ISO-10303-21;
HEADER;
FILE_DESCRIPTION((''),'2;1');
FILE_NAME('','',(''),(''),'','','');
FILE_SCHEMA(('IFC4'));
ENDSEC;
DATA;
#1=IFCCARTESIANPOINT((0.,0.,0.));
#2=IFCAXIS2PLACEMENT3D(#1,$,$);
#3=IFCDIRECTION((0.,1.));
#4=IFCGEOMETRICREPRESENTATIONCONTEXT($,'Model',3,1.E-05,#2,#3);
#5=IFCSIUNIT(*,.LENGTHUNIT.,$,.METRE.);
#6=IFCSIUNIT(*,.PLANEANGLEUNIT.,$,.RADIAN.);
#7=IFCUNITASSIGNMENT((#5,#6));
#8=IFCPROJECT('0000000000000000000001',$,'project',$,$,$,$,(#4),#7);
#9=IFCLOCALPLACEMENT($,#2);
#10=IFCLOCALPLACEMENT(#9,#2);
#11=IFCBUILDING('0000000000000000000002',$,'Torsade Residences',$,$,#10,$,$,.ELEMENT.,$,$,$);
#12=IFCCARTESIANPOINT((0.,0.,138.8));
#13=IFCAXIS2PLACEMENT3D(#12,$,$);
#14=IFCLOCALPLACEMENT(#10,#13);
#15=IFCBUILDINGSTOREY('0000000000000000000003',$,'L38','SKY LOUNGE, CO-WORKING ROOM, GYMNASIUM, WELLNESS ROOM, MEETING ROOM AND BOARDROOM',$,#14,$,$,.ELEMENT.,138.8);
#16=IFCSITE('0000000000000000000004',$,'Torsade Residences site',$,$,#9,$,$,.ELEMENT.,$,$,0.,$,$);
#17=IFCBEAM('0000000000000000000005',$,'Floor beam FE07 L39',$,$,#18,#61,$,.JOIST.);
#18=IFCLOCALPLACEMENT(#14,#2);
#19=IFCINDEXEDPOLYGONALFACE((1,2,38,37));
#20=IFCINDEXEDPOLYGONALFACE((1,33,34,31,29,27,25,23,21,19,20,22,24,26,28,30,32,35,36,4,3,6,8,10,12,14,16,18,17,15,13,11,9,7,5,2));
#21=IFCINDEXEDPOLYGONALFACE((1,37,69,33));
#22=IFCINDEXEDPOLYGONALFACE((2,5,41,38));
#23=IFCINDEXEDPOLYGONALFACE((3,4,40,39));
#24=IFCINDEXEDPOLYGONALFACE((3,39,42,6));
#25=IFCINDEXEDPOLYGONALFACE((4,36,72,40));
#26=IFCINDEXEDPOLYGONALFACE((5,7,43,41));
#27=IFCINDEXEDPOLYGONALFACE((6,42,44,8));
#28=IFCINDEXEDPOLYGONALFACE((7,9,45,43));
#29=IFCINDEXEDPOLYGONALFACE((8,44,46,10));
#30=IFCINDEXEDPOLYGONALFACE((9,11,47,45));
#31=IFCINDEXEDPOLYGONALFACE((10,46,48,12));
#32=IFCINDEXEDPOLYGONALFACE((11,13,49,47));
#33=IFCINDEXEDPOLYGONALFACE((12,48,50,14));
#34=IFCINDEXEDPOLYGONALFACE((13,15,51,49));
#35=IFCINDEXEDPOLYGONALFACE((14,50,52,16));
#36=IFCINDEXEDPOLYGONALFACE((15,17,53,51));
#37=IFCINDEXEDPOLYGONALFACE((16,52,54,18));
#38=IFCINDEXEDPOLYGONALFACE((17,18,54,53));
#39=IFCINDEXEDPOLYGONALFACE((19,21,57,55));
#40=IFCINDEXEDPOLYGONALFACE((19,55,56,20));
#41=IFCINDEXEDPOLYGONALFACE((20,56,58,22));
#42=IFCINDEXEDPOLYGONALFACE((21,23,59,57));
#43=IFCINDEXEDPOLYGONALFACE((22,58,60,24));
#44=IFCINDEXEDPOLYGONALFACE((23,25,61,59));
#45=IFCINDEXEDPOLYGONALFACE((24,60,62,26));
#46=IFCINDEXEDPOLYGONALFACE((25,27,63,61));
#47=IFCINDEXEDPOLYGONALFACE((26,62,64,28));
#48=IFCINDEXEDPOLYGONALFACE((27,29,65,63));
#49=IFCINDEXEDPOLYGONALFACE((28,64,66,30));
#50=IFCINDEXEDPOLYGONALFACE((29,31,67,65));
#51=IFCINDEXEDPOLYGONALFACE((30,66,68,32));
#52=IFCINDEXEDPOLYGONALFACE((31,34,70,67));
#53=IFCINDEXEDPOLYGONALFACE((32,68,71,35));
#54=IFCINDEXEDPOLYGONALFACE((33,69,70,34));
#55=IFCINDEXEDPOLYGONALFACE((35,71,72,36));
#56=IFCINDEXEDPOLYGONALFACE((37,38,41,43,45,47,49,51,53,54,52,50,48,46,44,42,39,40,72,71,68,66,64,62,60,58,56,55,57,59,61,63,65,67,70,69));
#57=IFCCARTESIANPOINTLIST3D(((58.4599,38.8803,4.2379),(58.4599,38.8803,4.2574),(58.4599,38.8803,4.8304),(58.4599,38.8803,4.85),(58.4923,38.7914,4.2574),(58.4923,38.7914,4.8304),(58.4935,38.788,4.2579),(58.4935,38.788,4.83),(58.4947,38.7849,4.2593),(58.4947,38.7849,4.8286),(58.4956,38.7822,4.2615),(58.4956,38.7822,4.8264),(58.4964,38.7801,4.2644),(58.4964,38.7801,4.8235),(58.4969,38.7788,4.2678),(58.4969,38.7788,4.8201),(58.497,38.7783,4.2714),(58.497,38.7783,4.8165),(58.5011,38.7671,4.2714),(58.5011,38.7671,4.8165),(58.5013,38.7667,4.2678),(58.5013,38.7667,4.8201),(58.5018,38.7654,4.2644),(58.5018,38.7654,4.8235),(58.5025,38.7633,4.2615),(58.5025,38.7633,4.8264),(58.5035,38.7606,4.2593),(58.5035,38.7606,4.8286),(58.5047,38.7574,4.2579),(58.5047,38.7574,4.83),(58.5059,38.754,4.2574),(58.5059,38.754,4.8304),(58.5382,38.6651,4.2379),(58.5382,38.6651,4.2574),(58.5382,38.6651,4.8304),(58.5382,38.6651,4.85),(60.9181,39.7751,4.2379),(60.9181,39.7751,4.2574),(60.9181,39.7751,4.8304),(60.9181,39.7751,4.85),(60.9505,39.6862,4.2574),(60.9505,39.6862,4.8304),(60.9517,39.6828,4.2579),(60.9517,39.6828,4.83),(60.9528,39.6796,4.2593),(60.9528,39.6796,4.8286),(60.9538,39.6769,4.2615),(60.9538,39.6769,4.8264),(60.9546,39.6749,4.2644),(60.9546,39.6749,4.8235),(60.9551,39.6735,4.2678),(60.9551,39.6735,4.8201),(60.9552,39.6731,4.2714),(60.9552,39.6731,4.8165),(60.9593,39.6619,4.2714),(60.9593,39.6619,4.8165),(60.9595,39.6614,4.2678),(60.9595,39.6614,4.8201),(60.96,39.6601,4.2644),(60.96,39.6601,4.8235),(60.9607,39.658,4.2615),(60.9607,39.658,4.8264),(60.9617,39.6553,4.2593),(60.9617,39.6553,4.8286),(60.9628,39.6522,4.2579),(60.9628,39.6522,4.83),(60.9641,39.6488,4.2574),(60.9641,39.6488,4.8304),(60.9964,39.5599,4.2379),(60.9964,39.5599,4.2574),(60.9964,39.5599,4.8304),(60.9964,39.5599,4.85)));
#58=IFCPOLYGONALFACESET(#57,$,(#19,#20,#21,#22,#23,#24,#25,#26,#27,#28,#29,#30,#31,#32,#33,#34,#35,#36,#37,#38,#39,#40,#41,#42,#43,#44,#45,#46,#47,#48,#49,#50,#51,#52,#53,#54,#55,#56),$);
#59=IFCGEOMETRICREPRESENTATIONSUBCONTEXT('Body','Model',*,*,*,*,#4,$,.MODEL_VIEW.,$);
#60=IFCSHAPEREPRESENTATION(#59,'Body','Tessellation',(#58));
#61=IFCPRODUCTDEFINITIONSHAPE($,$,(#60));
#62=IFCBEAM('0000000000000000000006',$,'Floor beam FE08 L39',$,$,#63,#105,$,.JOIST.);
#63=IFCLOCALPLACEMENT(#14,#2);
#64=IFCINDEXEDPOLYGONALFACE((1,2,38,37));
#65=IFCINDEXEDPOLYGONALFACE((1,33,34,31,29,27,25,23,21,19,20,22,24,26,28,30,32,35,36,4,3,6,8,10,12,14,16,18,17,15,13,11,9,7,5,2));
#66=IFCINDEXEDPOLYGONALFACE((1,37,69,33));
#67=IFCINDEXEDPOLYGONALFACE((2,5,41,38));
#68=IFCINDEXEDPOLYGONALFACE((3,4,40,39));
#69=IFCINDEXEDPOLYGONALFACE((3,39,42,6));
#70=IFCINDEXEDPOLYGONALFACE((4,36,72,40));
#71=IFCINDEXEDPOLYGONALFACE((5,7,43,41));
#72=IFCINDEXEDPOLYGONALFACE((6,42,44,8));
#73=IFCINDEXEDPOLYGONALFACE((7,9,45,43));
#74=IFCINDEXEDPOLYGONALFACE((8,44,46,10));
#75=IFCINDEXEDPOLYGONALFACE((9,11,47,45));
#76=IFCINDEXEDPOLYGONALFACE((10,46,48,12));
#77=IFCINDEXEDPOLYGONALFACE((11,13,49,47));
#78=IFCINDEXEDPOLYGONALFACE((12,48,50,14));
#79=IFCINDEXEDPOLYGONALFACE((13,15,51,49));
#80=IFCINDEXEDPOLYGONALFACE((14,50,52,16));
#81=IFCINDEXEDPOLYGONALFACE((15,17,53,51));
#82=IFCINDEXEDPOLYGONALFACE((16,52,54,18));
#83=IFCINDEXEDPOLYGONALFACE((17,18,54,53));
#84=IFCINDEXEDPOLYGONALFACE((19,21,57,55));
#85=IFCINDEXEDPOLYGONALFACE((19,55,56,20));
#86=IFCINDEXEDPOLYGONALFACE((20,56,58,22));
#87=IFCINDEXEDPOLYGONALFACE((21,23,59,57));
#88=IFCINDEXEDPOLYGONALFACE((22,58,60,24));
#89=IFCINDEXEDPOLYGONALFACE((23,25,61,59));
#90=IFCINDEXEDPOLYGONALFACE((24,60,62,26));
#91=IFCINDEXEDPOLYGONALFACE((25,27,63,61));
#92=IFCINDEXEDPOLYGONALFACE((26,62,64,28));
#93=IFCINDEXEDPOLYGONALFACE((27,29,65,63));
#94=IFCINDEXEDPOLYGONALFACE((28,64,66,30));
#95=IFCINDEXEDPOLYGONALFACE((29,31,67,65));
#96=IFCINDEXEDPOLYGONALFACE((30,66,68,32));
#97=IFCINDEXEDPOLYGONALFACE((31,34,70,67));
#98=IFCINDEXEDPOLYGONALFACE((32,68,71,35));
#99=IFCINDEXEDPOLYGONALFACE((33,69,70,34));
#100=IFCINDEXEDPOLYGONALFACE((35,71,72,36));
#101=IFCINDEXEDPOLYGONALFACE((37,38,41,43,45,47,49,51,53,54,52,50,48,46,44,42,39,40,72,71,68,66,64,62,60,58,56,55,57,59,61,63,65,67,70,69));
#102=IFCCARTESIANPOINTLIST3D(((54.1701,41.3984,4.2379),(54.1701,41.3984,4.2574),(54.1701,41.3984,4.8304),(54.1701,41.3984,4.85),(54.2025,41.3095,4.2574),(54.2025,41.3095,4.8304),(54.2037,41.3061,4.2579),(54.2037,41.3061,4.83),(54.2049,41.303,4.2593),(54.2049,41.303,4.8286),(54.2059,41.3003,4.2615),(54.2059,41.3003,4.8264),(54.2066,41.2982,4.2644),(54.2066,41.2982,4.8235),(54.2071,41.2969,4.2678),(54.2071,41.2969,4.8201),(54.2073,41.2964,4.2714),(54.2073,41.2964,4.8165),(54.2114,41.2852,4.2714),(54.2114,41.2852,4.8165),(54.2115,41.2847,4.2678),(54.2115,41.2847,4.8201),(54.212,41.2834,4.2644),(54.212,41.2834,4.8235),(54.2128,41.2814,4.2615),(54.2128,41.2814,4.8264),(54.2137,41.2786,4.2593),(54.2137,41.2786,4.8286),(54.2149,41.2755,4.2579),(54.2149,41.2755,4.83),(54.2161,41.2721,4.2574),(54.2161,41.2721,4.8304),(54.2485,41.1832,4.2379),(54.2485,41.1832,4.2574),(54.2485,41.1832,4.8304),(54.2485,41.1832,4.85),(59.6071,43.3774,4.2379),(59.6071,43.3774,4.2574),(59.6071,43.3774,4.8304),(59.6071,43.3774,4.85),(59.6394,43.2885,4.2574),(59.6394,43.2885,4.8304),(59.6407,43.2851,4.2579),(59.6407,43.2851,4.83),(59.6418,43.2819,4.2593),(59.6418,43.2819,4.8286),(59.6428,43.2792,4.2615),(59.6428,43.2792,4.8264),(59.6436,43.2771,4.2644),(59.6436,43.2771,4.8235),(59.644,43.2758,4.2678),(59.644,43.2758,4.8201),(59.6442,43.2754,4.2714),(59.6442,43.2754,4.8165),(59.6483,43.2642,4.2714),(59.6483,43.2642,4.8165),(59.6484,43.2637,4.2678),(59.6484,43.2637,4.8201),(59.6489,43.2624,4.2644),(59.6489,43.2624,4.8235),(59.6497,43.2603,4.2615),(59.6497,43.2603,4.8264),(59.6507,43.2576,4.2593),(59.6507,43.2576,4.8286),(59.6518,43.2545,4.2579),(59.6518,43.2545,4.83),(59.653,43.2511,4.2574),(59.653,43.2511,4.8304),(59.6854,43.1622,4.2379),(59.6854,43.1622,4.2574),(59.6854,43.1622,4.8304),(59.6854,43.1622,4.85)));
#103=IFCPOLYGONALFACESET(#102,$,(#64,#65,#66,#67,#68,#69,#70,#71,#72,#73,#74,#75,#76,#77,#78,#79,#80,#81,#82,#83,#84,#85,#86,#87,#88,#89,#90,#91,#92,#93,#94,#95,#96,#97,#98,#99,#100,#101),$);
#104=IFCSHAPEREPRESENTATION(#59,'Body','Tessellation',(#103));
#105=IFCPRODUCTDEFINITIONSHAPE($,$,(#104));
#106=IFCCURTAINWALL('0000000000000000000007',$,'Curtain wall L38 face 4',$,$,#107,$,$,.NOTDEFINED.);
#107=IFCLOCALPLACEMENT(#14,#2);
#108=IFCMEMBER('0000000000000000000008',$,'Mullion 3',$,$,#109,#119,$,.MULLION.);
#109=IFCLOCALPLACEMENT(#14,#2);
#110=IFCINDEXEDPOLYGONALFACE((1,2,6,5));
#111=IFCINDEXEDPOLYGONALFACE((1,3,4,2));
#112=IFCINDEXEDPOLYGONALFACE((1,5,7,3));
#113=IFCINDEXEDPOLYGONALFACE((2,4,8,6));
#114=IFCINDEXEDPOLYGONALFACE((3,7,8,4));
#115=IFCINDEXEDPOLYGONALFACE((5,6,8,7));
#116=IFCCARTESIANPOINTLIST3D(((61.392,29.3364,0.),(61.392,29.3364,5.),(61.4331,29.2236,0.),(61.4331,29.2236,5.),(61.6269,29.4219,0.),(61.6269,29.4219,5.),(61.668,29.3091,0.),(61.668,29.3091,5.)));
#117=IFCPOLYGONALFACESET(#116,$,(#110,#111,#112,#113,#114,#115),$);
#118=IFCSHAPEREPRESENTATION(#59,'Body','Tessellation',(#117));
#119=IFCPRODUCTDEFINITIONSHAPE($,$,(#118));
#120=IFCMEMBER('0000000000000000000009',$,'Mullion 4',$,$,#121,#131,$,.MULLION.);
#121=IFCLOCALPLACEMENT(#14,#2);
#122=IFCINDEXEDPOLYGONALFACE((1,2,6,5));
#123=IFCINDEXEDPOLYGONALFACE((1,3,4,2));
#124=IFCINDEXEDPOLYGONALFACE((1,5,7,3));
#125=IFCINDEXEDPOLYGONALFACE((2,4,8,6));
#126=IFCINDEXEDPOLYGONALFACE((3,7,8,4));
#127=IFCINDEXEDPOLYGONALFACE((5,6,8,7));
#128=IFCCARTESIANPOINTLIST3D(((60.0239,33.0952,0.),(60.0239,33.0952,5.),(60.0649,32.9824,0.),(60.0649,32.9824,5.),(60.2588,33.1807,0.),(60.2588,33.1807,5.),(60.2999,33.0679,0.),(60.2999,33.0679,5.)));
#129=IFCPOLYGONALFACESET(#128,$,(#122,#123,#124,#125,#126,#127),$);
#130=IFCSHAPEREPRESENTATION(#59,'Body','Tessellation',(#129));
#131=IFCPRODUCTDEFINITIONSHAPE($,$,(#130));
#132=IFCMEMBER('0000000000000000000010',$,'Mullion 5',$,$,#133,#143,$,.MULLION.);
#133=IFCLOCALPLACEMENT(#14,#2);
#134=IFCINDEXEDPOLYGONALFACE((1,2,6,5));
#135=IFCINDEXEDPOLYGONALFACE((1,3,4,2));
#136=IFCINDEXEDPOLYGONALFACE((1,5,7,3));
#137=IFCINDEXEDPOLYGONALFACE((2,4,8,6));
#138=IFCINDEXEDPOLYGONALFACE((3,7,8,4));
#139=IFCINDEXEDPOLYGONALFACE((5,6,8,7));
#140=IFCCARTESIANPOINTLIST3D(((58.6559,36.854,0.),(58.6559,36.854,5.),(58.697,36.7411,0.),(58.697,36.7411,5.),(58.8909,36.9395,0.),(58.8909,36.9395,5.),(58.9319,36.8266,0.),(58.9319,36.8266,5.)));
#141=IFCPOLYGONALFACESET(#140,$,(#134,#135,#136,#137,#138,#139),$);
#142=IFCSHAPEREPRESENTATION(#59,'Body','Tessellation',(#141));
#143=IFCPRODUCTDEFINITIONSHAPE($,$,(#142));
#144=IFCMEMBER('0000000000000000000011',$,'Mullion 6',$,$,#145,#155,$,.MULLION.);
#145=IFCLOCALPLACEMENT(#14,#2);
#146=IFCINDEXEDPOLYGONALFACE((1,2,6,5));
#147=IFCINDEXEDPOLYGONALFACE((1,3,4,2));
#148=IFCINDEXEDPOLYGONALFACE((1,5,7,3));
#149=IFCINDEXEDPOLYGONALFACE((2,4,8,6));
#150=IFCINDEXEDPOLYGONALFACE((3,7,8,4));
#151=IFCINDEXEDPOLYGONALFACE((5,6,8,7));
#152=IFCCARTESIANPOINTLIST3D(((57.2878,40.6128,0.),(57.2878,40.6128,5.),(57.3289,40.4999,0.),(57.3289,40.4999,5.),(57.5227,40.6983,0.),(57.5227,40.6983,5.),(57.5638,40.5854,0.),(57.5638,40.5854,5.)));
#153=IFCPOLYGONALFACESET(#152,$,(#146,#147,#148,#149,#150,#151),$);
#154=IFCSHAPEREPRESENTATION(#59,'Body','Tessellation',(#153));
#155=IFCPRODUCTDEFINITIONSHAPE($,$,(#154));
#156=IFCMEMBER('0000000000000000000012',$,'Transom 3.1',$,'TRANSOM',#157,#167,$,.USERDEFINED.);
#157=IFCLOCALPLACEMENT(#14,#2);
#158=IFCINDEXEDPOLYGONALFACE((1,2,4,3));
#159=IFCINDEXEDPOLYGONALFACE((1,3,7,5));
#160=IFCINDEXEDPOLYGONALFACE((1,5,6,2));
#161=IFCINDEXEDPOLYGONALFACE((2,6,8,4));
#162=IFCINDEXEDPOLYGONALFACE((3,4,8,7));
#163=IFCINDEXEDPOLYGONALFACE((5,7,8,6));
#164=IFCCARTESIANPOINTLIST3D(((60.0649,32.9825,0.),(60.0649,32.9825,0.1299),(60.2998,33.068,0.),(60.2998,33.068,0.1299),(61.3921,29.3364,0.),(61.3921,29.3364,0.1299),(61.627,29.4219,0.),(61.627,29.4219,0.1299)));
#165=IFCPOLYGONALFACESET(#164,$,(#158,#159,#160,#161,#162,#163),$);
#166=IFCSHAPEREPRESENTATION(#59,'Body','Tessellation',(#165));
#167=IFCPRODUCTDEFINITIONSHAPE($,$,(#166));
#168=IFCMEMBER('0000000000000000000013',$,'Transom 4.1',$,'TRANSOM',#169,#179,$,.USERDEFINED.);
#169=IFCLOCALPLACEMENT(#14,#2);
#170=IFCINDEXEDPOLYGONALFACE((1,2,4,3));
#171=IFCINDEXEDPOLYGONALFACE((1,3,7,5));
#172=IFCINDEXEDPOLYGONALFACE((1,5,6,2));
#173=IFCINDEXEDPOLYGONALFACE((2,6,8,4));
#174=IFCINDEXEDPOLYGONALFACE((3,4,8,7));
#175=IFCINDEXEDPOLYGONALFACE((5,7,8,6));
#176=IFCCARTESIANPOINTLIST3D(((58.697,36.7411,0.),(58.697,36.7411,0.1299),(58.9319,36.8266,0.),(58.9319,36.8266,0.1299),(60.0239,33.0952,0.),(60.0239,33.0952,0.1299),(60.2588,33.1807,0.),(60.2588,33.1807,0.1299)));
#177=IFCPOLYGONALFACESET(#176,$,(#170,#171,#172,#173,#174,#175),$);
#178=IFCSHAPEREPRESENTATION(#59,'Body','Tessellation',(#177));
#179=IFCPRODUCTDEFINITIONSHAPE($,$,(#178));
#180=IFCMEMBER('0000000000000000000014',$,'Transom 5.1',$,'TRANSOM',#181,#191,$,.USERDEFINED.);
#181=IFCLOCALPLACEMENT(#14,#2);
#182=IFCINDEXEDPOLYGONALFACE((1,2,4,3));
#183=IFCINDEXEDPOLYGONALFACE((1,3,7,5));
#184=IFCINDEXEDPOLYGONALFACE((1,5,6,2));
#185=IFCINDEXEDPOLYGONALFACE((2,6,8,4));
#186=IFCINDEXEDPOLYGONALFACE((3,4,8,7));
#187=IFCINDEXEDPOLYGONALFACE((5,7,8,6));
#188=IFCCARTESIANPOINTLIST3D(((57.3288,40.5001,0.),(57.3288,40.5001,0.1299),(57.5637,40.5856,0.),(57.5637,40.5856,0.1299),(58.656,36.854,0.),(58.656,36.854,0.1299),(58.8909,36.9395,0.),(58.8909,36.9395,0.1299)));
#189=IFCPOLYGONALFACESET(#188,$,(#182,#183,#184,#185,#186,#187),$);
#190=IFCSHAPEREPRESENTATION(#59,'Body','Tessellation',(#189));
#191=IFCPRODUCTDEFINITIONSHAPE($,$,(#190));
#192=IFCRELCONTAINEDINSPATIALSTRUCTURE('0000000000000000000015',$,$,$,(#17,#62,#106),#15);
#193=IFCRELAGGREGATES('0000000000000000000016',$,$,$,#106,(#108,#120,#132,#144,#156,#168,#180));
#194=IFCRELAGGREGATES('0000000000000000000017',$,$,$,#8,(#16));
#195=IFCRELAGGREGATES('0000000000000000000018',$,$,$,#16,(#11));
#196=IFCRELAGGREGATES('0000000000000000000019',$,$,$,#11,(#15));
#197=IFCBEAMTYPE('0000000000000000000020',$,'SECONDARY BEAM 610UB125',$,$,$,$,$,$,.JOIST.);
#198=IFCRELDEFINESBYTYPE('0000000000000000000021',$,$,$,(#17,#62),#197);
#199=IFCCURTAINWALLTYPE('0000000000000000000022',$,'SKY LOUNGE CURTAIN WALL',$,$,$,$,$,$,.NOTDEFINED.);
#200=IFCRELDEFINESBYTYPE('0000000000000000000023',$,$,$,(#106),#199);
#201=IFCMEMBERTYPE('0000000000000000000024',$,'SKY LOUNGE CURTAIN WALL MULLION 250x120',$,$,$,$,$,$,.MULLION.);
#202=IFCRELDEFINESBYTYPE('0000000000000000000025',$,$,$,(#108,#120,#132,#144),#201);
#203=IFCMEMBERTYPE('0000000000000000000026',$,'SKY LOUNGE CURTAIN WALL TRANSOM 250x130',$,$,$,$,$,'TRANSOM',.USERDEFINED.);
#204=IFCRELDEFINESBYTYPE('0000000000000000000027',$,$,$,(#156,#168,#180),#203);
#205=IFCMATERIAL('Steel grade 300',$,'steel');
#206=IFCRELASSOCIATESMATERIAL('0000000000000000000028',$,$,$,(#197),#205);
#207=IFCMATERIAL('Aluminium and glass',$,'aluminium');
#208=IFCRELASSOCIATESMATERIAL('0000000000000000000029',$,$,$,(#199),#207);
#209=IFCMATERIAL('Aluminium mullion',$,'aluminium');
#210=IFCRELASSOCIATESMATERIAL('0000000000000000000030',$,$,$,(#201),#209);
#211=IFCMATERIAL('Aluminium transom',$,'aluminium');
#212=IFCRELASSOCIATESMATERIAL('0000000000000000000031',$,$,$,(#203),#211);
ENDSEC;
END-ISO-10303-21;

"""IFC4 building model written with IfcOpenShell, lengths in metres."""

from ifc_helpers import new_model, si_unit, direction, frame, origin, origin_2d, place, context, subcontext, project, spatial, rectangle, i_section, extrude, material, material_profile, profile_set, type_object, element, aggregate, save


model = new_model("IFC4")

# Units and contexts
model_context = context("Model", 3, precision=1e-05, world=origin(), true_north=direction((0.0, 1.0)))
body_context = subcontext(model_context, "Body", "Model", "MODEL_VIEW")
ifc_project = project(units=[si_unit("LENGTHUNIT", "METRE"), si_unit("PLANEANGLEUNIT", "RADIAN")], contexts=[model_context])

# Site, building, storey
site_placement = place(None, origin())
site = spatial("IfcSite", under=ifc_project, at=site_placement, Name="Torsade Residences site", CompositionType="ELEMENT", RefElevation=0.0)
building_placement = place(site_placement, origin())
building = spatial("IfcBuilding", under=site, at=building_placement, Name="Torsade Residences", CompositionType="ELEMENT")
storey_placement = place(building_placement, frame((0.0, 0.0, 138.8)))
storey = spatial("IfcBuildingStorey", under=building, at=storey_placement, Name="L38", Description="SKY LOUNGE, CO-WORKING ROOM, GYMNASIUM, WELLNESS ROOM, MEETING ROOM AND BOARDROOM", CompositionType="ELEMENT", Elevation=138.8)

# Beams
ifc_material_1 = material(Name="Steel grade 300", Category="steel")
ifc_material_profile_1 = material_profile(ifc_material_1, i_section(OverallWidth=0.229, OverallDepth=0.6121, WebThickness=0.012, FlangeThickness=0.0195, FilletRadius=0.0139, at=origin_2d()), Name="610UB125")
ifc_profile_set_1 = profile_set([ifc_material_profile_1], Name="Steel grade 300")
beam_type_1 = type_object("IfcBeamType", Name="SECONDARY BEAM 610UB125", PredefinedType="JOIST", material=ifc_profile_set_1)
beam_1_placement = place(storey_placement, frame((60.9573, 39.6675, 4.5439), z_axis=(-0.939687, -0.342035, 0.0), x_axis=(0.342035, -0.939687, 0.0)))
element("IfcBeam", 1, at=beam_1_placement, inside=storey, type_object=beam_type_1, Name="Floor beam FE07 L39", PredefinedType="JOIST", context=body_context, shape_type="SweptSolid", body=[
    extrude(i_section(OverallWidth=0.229, OverallDepth=0.6121, WebThickness=0.012, FlangeThickness=0.0195, FilletRadius=0.0139, at=origin_2d()), origin(), (0.0, 0.0, 1.0), 2.616),
])
beam_2_placement = place(storey_placement, frame((59.6462, 43.2698, 4.5439), z_axis=(-0.939687, -0.342034, 0.0), x_axis=(0.342034, -0.939687, 0.0)))
element("IfcBeam", 2, at=beam_2_placement, inside=storey, type_object=beam_type_1, Name="Floor beam FE08 L39", PredefinedType="JOIST", context=body_context, shape_type="SweptSolid", body=[
    extrude(i_section(OverallWidth=0.229, OverallDepth=0.6121, WebThickness=0.012, FlangeThickness=0.0195, FilletRadius=0.0139, at=origin_2d()), origin(), (0.0, 0.0, 1.0), 5.7859),
])

# Curtain wall, members
ifc_material_2 = material(Name="Aluminium and glass", Category="aluminium")
curtain_wall_type = type_object("IfcCurtainWallType", Name="SKY LOUNGE CURTAIN WALL", PredefinedType="NOTDEFINED", material=ifc_material_2)
curtain_wall_placement = place(storey_placement, origin())
curtain_wall = element("IfcCurtainWall", 3, at=curtain_wall_placement, inside=storey, type_object=curtain_wall_type, Name="Curtain wall L38 face 4", PredefinedType="NOTDEFINED")
ifc_material_3 = material(Name="Aluminium mullion", Category="aluminium")
ifc_material_profile_2 = material_profile(ifc_material_3, rectangle(XDim=0.25, YDim=0.1201, at=origin_2d()), Name="SKY LOUNGE CURTAIN WALL MULLION 250x120")
ifc_profile_set_2 = profile_set([ifc_material_profile_2], Name="Aluminium mullion")
member_type_1 = type_object("IfcMemberType", Name="SKY LOUNGE CURTAIN WALL MULLION 250x120", PredefinedType="MULLION", material=ifc_profile_set_2)
member_1_placement = place(storey_placement, frame((61.53, 29.3228, 0.0), z_axis=(0.0, 0.0, 1.0), x_axis=(-0.939693, -0.34202, 0.0)))
member_1 = element("IfcMember", 4, at=member_1_placement, type_object=member_type_1, Name="Mullion 3", PredefinedType="MULLION", context=body_context, shape_type="SweptSolid", body=[
    extrude(rectangle(XDim=0.25, YDim=0.1201, at=origin_2d()), origin(), (0.0, 0.0, 1.0), 5.0),
])
member_2_placement = place(storey_placement, frame((60.1619, 33.0815, 0.0), z_axis=(0.0, 0.0, 1.0), x_axis=(-0.939693, -0.34202, 0.0)))
member_2 = element("IfcMember", 5, at=member_2_placement, type_object=member_type_1, Name="Mullion 4", PredefinedType="MULLION", context=body_context, shape_type="SweptSolid", body=[
    extrude(rectangle(XDim=0.25, YDim=0.1201, at=origin_2d()), origin(), (0.0, 0.0, 1.0), 5.0),
])
member_3_placement = place(storey_placement, frame((58.7939, 36.8403, 0.0), z_axis=(0.0, 0.0, 1.0), x_axis=(-0.939693, -0.34202, 0.0)))
member_3 = element("IfcMember", 6, at=member_3_placement, type_object=member_type_1, Name="Mullion 5", PredefinedType="MULLION", context=body_context, shape_type="SweptSolid", body=[
    extrude(rectangle(XDim=0.25, YDim=0.1201, at=origin_2d()), origin(), (0.0, 0.0, 1.0), 5.0),
])
member_4_placement = place(storey_placement, frame((57.4258, 40.5991, 0.0), z_axis=(0.0, 0.0, 1.0), x_axis=(-0.939693, -0.34202, 0.0)))
member_4 = element("IfcMember", 7, at=member_4_placement, type_object=member_type_1, Name="Mullion 6", PredefinedType="MULLION", context=body_context, shape_type="SweptSolid", body=[
    extrude(rectangle(XDim=0.25, YDim=0.1201, at=origin_2d()), origin(), (0.0, 0.0, 1.0), 5.0),
])
ifc_material_4 = material(Name="Aluminium transom", Category="aluminium")
ifc_material_profile_3 = material_profile(ifc_material_4, rectangle(XDim=0.25, YDim=0.1299, at=origin_2d()), Name="SKY LOUNGE CURTAIN WALL TRANSOM 250x130")
ifc_profile_set_3 = profile_set([ifc_material_profile_3], Name="Aluminium transom")
member_type_2 = type_object("IfcMemberType", Name="SKY LOUNGE CURTAIN WALL TRANSOM 250x130", ElementType="TRANSOM", PredefinedType="USERDEFINED", material=ifc_profile_set_3)
member_5_placement = place(storey_placement, frame((61.5095, 29.3792, 0.0649), z_axis=(-0.342046, 0.939683, 0.0), x_axis=(-0.939683, -0.342046, 0.0)))
member_5 = element("IfcMember", 8, at=member_5_placement, type_object=member_type_2, Name="Transom 3.1", ObjectType="TRANSOM", PredefinedType="USERDEFINED", context=body_context, shape_type="SweptSolid", body=[
    extrude(rectangle(XDim=0.25, YDim=0.1299, at=origin_2d()), origin(), (0.0, 0.0, 1.0), 3.8801),
])
member_6_placement = place(storey_placement, frame((60.1414, 33.1379, 0.0649), z_axis=(-0.341991, 0.939703, 0.0), x_axis=(-0.939703, -0.341991, 0.0)))
member_6 = element("IfcMember", 9, at=member_6_placement, type_object=member_type_2, Name="Transom 4.1", ObjectType="TRANSOM", PredefinedType="USERDEFINED", context=body_context, shape_type="SweptSolid", body=[
    extrude(rectangle(XDim=0.25, YDim=0.1299, at=origin_2d()), origin(), (0.0, 0.0, 1.0), 3.8799),
])
member_7_placement = place(storey_placement, frame((58.7734, 36.8967, 0.0649), z_axis=(-0.342046, 0.939683, 0.0), x_axis=(-0.939683, -0.342046, 0.0)))
member_7 = element("IfcMember", 10, at=member_7_placement, type_object=member_type_2, Name="Transom 5.1", ObjectType="TRANSOM", PredefinedType="USERDEFINED", context=body_context, shape_type="SweptSolid", body=[
    extrude(rectangle(XDim=0.25, YDim=0.1299, at=origin_2d()), origin(), (0.0, 0.0, 1.0), 3.8801),
])

aggregate(curtain_wall, [member_1, member_2, member_3, member_4, member_5, member_6, member_7])

save(model, "model.ifc")
